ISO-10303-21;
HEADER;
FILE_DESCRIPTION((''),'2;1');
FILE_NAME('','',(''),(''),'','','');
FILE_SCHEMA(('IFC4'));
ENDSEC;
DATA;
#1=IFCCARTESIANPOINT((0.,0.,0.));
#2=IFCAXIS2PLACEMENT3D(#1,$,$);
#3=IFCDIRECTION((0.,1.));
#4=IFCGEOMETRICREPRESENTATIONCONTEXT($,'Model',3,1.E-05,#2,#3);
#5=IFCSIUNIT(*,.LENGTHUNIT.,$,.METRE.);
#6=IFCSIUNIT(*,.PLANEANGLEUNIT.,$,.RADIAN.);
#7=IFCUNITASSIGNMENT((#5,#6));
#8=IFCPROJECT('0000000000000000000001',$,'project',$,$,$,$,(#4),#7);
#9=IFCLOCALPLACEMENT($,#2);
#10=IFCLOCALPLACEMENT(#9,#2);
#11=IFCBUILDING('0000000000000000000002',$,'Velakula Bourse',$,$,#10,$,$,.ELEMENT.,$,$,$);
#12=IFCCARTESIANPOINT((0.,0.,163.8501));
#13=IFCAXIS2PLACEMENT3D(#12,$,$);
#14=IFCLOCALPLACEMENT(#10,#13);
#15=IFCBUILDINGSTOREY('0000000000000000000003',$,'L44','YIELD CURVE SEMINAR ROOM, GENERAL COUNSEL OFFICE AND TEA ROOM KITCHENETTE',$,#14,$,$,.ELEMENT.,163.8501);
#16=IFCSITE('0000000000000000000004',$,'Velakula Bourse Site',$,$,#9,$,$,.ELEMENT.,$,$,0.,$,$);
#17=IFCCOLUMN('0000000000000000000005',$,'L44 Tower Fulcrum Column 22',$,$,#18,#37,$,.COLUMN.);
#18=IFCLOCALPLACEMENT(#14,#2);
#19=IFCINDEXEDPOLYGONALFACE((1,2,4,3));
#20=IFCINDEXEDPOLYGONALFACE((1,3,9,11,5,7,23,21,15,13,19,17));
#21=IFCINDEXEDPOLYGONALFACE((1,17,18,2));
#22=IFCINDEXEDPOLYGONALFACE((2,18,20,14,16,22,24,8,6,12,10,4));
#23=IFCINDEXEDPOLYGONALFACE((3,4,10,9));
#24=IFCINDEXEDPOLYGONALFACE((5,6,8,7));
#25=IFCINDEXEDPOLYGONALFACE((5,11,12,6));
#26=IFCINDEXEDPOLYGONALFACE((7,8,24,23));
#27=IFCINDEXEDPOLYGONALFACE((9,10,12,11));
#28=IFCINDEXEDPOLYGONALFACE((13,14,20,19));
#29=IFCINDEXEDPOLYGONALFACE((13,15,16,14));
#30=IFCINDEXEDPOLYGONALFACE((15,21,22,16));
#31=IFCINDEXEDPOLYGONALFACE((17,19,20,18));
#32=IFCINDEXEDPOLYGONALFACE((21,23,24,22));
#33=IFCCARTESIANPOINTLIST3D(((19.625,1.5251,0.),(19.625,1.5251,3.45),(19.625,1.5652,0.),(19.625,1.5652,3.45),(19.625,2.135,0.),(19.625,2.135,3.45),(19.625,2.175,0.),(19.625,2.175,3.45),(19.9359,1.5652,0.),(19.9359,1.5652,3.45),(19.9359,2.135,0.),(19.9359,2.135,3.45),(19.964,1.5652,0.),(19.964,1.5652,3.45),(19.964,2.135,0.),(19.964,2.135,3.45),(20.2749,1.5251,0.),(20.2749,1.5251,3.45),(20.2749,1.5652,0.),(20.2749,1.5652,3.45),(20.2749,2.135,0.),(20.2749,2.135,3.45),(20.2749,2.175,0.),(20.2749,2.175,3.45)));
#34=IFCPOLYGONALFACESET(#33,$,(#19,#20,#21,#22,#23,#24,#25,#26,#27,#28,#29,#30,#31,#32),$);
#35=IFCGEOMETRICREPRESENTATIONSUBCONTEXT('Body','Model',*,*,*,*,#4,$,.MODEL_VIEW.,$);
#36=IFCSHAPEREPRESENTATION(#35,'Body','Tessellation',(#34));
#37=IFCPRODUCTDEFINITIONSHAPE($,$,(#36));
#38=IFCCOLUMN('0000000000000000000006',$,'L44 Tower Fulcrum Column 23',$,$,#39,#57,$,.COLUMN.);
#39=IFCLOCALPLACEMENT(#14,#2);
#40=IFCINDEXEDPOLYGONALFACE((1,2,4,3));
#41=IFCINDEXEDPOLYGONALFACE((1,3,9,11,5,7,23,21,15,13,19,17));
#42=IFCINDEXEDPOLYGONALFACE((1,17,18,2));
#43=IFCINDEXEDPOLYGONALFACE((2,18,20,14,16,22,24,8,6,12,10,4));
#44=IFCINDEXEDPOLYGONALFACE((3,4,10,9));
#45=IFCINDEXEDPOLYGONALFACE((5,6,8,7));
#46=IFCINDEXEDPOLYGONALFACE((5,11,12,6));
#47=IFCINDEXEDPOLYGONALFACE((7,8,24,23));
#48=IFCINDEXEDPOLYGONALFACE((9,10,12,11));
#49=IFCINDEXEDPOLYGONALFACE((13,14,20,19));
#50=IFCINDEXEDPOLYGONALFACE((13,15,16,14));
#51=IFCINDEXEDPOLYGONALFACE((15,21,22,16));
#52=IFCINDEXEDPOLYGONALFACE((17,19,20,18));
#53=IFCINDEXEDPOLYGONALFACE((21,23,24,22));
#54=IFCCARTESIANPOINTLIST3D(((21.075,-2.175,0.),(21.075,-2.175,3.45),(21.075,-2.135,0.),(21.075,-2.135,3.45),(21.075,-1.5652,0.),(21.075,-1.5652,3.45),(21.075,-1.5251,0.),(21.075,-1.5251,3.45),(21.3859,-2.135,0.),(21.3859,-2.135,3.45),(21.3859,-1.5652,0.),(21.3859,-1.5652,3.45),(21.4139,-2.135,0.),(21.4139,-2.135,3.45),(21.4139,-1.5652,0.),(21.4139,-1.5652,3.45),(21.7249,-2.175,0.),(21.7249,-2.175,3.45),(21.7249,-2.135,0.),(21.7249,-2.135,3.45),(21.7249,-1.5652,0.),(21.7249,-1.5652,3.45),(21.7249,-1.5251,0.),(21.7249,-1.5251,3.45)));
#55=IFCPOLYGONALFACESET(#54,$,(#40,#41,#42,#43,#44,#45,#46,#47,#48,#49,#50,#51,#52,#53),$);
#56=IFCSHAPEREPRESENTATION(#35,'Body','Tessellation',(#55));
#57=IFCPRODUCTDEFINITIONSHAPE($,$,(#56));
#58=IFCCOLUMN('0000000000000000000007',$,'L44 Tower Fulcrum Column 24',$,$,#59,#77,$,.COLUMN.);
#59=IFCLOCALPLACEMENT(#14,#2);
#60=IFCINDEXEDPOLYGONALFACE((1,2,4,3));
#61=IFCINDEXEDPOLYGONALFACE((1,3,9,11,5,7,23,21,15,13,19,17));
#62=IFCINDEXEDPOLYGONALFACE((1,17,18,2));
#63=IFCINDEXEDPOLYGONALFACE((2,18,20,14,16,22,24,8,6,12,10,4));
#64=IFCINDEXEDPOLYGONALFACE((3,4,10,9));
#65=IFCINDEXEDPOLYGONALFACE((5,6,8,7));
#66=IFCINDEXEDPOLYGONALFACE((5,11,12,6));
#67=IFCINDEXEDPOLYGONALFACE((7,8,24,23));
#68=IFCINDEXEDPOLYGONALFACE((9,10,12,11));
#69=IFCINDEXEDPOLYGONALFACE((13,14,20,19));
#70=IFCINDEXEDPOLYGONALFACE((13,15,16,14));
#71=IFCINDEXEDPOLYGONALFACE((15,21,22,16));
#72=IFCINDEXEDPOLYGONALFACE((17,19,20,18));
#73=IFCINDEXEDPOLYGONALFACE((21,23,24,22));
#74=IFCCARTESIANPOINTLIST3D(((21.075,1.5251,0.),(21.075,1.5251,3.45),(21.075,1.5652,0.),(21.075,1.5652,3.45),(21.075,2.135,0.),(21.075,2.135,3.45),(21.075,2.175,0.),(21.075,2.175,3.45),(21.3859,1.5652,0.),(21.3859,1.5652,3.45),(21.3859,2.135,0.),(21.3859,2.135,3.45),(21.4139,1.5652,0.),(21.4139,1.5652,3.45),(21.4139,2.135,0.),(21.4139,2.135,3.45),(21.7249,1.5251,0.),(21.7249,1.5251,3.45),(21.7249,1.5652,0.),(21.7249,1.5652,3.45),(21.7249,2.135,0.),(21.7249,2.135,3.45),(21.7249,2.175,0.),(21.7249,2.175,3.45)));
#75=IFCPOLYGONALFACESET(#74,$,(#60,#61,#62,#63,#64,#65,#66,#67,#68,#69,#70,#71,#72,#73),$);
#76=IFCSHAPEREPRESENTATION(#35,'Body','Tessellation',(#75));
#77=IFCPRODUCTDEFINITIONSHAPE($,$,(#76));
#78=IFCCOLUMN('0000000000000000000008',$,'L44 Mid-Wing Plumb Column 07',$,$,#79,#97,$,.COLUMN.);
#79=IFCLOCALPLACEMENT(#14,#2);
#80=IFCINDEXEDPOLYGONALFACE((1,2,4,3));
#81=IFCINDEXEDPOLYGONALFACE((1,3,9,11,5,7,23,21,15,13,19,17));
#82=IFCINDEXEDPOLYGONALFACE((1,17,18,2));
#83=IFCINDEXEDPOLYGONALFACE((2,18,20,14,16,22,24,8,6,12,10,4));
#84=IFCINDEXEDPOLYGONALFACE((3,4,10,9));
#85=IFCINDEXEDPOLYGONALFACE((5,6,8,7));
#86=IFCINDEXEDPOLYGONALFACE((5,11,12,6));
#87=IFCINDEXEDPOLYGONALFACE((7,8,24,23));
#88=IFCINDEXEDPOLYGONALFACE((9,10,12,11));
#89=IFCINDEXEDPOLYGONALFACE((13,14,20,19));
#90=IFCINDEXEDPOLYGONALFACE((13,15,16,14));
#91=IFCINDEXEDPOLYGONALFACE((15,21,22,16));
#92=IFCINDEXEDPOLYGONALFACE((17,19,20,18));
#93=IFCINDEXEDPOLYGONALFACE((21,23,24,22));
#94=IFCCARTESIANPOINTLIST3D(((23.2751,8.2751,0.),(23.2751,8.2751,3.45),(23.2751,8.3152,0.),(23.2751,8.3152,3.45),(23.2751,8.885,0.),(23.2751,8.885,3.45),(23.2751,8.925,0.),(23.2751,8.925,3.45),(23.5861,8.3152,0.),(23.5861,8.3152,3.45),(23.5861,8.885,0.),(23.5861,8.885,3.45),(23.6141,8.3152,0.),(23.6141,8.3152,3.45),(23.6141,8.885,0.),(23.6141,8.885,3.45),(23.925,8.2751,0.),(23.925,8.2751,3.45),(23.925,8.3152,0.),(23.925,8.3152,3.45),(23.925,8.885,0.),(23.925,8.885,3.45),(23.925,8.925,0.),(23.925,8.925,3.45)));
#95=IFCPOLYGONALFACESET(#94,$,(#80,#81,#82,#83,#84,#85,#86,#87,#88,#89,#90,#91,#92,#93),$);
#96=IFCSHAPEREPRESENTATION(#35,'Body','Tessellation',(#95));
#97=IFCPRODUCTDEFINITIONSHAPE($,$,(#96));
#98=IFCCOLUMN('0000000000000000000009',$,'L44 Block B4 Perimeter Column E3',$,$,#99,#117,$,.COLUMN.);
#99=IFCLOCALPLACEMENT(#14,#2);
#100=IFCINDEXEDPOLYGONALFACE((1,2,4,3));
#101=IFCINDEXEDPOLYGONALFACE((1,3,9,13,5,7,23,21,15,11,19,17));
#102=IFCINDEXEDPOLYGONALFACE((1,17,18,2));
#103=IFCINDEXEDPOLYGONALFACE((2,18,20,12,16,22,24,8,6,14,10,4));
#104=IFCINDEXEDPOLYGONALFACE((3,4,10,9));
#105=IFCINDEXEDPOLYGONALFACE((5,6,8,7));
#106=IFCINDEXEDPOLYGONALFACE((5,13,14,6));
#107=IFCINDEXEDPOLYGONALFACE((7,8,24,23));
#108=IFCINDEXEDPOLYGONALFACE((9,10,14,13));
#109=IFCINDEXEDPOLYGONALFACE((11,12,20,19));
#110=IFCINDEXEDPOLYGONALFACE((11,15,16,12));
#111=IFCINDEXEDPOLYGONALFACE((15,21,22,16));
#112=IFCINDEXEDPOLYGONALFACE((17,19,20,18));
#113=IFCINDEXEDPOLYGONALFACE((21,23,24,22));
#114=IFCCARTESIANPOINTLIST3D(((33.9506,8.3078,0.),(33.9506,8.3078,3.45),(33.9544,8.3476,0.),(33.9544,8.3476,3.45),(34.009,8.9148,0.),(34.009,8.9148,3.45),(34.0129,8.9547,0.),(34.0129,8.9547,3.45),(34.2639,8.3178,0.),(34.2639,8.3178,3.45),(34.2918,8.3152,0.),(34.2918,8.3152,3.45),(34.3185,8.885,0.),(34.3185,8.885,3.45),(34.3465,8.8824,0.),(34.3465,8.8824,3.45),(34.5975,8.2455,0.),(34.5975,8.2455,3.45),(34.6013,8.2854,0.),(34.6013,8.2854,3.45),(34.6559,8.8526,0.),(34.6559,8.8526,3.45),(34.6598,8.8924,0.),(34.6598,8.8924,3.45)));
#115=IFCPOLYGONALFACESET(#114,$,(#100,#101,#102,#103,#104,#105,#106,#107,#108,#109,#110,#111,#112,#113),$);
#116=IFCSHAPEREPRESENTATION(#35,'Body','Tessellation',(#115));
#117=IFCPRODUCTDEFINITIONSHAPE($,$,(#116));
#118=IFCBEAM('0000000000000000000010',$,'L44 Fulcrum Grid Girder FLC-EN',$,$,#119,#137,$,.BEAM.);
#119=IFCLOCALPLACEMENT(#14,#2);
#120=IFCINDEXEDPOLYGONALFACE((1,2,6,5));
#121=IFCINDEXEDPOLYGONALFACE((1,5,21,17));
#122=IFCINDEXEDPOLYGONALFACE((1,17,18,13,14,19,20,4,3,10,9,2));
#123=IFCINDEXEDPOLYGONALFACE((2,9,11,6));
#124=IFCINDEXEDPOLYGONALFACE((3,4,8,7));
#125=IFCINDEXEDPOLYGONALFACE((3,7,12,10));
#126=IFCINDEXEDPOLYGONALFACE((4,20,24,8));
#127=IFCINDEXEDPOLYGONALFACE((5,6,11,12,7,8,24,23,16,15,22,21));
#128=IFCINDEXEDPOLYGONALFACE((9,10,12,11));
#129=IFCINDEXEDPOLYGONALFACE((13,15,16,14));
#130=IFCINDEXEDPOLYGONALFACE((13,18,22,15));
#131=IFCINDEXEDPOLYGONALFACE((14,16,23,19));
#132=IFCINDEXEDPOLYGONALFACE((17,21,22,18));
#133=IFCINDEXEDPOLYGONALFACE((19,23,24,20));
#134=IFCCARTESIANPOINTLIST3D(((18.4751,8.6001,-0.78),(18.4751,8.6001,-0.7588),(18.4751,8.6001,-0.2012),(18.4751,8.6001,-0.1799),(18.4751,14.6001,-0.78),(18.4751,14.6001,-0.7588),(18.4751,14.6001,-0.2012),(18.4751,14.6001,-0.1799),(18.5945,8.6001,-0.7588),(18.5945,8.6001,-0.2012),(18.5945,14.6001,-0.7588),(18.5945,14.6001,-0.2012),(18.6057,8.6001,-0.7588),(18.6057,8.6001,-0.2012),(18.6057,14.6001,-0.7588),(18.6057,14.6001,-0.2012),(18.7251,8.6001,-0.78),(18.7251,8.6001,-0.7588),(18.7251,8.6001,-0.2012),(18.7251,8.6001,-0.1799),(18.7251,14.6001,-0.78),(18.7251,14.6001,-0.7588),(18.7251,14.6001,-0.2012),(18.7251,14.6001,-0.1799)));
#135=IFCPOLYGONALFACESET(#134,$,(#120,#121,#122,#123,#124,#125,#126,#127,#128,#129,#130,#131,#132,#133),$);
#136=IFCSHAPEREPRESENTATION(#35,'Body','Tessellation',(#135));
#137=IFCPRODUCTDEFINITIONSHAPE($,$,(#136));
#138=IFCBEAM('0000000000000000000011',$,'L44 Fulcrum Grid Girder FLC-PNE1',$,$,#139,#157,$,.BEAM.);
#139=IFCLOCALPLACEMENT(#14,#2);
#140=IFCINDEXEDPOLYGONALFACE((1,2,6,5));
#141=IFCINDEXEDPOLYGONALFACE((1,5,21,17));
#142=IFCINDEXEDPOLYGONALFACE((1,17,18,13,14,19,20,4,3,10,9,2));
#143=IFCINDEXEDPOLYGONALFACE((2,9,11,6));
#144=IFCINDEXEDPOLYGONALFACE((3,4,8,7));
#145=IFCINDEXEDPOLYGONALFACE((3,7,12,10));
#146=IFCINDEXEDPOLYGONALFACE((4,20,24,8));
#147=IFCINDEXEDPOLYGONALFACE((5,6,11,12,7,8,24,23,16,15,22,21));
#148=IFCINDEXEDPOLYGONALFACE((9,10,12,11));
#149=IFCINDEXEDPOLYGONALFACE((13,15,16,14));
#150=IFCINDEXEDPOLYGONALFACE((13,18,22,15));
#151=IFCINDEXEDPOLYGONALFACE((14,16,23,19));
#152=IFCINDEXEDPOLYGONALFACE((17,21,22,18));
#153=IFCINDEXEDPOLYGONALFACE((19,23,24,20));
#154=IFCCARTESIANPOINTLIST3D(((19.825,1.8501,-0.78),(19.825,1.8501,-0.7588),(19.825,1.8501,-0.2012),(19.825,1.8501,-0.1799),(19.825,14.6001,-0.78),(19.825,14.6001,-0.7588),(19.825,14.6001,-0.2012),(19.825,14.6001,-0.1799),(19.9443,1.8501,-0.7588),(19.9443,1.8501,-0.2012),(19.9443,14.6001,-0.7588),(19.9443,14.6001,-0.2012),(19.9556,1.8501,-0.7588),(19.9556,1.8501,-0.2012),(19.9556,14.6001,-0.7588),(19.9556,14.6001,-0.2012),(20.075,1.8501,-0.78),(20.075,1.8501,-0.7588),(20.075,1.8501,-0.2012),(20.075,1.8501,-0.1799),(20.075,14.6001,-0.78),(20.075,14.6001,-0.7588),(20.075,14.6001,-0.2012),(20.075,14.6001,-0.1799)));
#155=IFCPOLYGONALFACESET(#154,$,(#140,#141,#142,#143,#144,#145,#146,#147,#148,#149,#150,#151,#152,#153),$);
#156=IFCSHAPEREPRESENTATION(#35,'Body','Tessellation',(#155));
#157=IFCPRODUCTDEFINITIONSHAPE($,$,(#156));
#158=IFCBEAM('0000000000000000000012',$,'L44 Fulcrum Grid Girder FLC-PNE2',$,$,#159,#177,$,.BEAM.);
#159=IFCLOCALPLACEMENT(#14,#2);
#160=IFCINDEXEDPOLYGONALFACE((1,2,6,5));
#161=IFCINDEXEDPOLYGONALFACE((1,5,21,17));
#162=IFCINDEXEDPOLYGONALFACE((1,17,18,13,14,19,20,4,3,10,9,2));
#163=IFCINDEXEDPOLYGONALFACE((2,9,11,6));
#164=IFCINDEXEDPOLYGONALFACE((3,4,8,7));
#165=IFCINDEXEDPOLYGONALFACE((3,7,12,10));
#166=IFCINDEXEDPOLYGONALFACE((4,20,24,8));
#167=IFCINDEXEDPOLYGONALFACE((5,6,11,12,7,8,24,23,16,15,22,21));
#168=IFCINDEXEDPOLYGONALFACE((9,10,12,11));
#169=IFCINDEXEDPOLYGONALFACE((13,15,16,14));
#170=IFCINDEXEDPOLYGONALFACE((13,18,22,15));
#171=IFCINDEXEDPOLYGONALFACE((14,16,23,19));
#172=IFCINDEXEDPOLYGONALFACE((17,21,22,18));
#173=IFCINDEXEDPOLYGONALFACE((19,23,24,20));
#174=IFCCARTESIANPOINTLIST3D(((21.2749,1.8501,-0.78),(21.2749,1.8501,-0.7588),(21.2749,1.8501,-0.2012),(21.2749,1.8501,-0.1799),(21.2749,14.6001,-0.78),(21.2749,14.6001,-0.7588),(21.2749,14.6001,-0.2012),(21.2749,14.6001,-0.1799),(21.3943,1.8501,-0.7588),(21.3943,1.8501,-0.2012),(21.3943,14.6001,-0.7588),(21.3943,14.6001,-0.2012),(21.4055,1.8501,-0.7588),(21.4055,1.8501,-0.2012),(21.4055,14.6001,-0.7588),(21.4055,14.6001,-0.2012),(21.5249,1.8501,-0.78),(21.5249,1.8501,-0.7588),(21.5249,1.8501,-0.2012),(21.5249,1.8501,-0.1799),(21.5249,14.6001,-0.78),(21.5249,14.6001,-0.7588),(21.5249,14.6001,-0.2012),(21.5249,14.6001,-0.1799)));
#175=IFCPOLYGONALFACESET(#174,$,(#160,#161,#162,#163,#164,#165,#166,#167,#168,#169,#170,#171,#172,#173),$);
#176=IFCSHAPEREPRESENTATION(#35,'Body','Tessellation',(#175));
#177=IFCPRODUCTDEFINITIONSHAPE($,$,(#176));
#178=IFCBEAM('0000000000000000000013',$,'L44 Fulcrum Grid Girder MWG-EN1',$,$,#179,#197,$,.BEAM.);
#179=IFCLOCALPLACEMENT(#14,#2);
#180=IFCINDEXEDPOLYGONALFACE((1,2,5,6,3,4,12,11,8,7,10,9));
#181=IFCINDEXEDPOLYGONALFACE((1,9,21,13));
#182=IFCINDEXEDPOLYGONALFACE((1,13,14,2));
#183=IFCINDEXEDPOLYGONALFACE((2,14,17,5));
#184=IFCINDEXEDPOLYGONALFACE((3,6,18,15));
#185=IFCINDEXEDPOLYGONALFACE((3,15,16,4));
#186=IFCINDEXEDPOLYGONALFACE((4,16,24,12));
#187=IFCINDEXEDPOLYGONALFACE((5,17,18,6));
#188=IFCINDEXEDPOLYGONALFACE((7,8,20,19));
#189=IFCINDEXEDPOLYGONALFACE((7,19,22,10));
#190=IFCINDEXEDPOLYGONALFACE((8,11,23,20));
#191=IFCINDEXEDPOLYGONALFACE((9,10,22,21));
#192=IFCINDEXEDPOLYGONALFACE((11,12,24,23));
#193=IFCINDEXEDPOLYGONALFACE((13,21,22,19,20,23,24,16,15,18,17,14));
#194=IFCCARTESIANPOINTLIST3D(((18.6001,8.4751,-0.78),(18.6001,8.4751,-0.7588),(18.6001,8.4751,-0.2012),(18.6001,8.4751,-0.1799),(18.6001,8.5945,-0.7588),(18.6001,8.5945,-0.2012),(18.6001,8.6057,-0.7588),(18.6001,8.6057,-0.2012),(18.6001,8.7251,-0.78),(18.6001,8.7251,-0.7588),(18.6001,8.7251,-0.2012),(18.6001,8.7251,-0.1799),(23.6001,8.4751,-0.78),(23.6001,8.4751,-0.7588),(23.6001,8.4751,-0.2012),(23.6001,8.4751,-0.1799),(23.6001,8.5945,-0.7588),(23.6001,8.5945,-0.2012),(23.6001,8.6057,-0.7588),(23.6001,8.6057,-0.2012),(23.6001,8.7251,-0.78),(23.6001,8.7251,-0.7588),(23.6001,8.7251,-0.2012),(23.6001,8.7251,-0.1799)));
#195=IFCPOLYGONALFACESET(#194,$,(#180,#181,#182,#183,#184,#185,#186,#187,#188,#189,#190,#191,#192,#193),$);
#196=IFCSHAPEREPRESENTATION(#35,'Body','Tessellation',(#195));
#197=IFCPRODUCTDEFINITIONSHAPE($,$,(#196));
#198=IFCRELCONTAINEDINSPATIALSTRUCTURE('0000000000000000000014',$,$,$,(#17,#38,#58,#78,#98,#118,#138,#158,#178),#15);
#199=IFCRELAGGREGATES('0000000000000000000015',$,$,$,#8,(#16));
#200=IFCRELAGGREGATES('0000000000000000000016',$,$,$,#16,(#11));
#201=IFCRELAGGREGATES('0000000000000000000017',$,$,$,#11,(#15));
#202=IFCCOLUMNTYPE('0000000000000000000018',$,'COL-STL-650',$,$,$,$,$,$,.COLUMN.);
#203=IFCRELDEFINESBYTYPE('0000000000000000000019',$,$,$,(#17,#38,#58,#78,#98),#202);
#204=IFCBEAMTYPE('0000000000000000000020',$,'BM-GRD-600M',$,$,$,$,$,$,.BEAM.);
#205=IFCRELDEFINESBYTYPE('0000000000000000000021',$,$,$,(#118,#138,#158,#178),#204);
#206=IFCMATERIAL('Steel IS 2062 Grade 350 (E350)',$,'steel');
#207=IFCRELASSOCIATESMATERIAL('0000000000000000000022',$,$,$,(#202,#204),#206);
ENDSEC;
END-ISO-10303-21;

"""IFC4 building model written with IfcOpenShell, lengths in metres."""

from ifc_helpers import new_model, si_unit, direction, frame, origin, origin_2d, place, context, subcontext, project, spatial, i_section, extrude, material, material_profile, profile_set, type_object, element, save


model = new_model("IFC4")

# Units and contexts
model_context = context("Model", 3, precision=1e-05, world=origin(), true_north=direction((0.0, 1.0)))
body_context = subcontext(model_context, "Body", "Model", "MODEL_VIEW")
ifc_project = project(units=[si_unit("LENGTHUNIT", "METRE"), si_unit("PLANEANGLEUNIT", "RADIAN")], contexts=[model_context])

# Site, building, storey
site_placement = place(None, origin())
site = spatial("IfcSite", under=ifc_project, at=site_placement, Name="Velakula Bourse Site", CompositionType="ELEMENT", RefElevation=0.0)
building_placement = place(site_placement, origin())
building = spatial("IfcBuilding", under=site, at=building_placement, Name="Velakula Bourse", CompositionType="ELEMENT")
storey_placement = place(building_placement, frame((0.0, 0.0, 163.8501)))
storey = spatial("IfcBuildingStorey", under=building, at=storey_placement, Name="L44", Description="YIELD CURVE SEMINAR ROOM, GENERAL COUNSEL OFFICE AND TEA ROOM KITCHENETTE", CompositionType="ELEMENT", Elevation=163.8501)

# Columns
ifc_material_1 = material(Name="Steel IS 2062 Grade 350 (E350)", Category="steel")
ifc_material_profile_1 = material_profile(ifc_material_1, i_section(OverallWidth=0.6499, OverallDepth=0.6499, WebThickness=0.0281, FlangeThickness=0.04, at=origin_2d()), Name="Steel IS 2062 Grade 350 (E350)")
ifc_profile_set_1 = profile_set([ifc_material_profile_1], Name="Steel IS 2062 Grade 350 (E350)")
column_type = type_object("IfcColumnType", Name="COL-STL-650", PredefinedType="COLUMN", material=ifc_profile_set_1)
for number, where, z_axis, x_axis, name in (
    (1, (19.95, 1.8501, 0.0), (0.0, 0.0, 1.0), (1.0, 0.0, 0.0), "L44 Tower Fulcrum Column 22"),
    (2, (21.3999, -1.8501, 0.0), (0.0, 0.0, 1.0), (1.0, 0.0, 0.0), "L44 Tower Fulcrum Column 23"),
    (3, (21.3999, 1.8501, 0.0), (0.0, 0.0, 1.0), (1.0, 0.0, 0.0), "L44 Tower Fulcrum Column 24"),
    (4, (23.6001, 8.6001, 0.0), (0.0, 0.0, 1.0), (1.0, 0.0, 0.0), "L44 Mid-Wing Plumb Column 07"),
    (5, (34.3052, 8.6001, 0.0), (0.0, 0.0, 1.0), (0.995396, -0.095846, 0.0), "L44 Block B4 Perimeter Column E3"),
):
    element("IfcColumn", number, at=place(storey_placement, frame(where, z_axis=z_axis, x_axis=x_axis)), inside=storey, type_object=column_type, Name=name, PredefinedType="COLUMN", context=body_context, shape_type="SweptSolid", body=[
        extrude(i_section(OverallWidth=0.6499, OverallDepth=0.6499, WebThickness=0.0281, FlangeThickness=0.04, at=origin_2d()), origin(), (0.0, 0.0, 1.0), 3.45),
    ])

# Beams
ifc_material_profile_2 = material_profile(ifc_material_1, i_section(OverallWidth=0.25, OverallDepth=0.6001, WebThickness=0.0112, FlangeThickness=0.0212, at=origin_2d()), Name="Steel IS 2062 Grade 350 (E350)")
ifc_profile_set_2 = profile_set([ifc_material_profile_2], Name="Steel IS 2062 Grade 350 (E350)")
beam_type_1 = type_object("IfcBeamType", Name="BM-GRD-600M", PredefinedType="BEAM", material=ifc_profile_set_2)
beam_1_placement = place(storey_placement, frame((18.6001, 8.6001, -0.48), z_axis=(0.0, 1.0, 0.0), x_axis=(-1.0, 0.0, 0.0)))
element("IfcBeam", 6, at=beam_1_placement, inside=storey, type_object=beam_type_1, Name="L44 Fulcrum Grid Girder FLC-EN", PredefinedType="BEAM", context=body_context, shape_type="SweptSolid", body=[
    extrude(i_section(OverallWidth=0.25, OverallDepth=0.6001, WebThickness=0.0112, FlangeThickness=0.0212, at=origin_2d()), origin(), (0.0, 0.0, 1.0), 6.0),
])
for number, where, z_axis, x_axis, name in (
    (7, (19.95, 1.8501, -0.48), (0.0, 1.0, 0.0), (-1.0, 0.0, 0.0), "L44 Fulcrum Grid Girder FLC-PNE1"),
    (8, (21.3999, 1.8501, -0.48), (0.0, 1.0, 0.0), (-1.0, 0.0, 0.0), "L44 Fulcrum Grid Girder FLC-PNE2"),
):
    element("IfcBeam", number, at=place(storey_placement, frame(where, z_axis=z_axis, x_axis=x_axis)), inside=storey, type_object=beam_type_1, Name=name, PredefinedType="BEAM", context=body_context, shape_type="SweptSolid", body=[
        extrude(i_section(OverallWidth=0.25, OverallDepth=0.6001, WebThickness=0.0112, FlangeThickness=0.0212, at=origin_2d()), origin(), (0.0, 0.0, 1.0), 12.75),
    ])
beam_2_placement = place(storey_placement, frame((18.6001, 8.6001, -0.48), z_axis=(1.0, 0.0, 0.0), x_axis=(0.0, 1.0, 0.0)))
element("IfcBeam", 9, at=beam_2_placement, inside=storey, type_object=beam_type_1, Name="L44 Fulcrum Grid Girder MWG-EN1", PredefinedType="BEAM", context=body_context, shape_type="SweptSolid", body=[
    extrude(i_section(OverallWidth=0.25, OverallDepth=0.6001, WebThickness=0.0112, FlangeThickness=0.0212, at=origin_2d()), origin(), (0.0, 0.0, 1.0), 5.0),
])

save(model, "model.ifc")
